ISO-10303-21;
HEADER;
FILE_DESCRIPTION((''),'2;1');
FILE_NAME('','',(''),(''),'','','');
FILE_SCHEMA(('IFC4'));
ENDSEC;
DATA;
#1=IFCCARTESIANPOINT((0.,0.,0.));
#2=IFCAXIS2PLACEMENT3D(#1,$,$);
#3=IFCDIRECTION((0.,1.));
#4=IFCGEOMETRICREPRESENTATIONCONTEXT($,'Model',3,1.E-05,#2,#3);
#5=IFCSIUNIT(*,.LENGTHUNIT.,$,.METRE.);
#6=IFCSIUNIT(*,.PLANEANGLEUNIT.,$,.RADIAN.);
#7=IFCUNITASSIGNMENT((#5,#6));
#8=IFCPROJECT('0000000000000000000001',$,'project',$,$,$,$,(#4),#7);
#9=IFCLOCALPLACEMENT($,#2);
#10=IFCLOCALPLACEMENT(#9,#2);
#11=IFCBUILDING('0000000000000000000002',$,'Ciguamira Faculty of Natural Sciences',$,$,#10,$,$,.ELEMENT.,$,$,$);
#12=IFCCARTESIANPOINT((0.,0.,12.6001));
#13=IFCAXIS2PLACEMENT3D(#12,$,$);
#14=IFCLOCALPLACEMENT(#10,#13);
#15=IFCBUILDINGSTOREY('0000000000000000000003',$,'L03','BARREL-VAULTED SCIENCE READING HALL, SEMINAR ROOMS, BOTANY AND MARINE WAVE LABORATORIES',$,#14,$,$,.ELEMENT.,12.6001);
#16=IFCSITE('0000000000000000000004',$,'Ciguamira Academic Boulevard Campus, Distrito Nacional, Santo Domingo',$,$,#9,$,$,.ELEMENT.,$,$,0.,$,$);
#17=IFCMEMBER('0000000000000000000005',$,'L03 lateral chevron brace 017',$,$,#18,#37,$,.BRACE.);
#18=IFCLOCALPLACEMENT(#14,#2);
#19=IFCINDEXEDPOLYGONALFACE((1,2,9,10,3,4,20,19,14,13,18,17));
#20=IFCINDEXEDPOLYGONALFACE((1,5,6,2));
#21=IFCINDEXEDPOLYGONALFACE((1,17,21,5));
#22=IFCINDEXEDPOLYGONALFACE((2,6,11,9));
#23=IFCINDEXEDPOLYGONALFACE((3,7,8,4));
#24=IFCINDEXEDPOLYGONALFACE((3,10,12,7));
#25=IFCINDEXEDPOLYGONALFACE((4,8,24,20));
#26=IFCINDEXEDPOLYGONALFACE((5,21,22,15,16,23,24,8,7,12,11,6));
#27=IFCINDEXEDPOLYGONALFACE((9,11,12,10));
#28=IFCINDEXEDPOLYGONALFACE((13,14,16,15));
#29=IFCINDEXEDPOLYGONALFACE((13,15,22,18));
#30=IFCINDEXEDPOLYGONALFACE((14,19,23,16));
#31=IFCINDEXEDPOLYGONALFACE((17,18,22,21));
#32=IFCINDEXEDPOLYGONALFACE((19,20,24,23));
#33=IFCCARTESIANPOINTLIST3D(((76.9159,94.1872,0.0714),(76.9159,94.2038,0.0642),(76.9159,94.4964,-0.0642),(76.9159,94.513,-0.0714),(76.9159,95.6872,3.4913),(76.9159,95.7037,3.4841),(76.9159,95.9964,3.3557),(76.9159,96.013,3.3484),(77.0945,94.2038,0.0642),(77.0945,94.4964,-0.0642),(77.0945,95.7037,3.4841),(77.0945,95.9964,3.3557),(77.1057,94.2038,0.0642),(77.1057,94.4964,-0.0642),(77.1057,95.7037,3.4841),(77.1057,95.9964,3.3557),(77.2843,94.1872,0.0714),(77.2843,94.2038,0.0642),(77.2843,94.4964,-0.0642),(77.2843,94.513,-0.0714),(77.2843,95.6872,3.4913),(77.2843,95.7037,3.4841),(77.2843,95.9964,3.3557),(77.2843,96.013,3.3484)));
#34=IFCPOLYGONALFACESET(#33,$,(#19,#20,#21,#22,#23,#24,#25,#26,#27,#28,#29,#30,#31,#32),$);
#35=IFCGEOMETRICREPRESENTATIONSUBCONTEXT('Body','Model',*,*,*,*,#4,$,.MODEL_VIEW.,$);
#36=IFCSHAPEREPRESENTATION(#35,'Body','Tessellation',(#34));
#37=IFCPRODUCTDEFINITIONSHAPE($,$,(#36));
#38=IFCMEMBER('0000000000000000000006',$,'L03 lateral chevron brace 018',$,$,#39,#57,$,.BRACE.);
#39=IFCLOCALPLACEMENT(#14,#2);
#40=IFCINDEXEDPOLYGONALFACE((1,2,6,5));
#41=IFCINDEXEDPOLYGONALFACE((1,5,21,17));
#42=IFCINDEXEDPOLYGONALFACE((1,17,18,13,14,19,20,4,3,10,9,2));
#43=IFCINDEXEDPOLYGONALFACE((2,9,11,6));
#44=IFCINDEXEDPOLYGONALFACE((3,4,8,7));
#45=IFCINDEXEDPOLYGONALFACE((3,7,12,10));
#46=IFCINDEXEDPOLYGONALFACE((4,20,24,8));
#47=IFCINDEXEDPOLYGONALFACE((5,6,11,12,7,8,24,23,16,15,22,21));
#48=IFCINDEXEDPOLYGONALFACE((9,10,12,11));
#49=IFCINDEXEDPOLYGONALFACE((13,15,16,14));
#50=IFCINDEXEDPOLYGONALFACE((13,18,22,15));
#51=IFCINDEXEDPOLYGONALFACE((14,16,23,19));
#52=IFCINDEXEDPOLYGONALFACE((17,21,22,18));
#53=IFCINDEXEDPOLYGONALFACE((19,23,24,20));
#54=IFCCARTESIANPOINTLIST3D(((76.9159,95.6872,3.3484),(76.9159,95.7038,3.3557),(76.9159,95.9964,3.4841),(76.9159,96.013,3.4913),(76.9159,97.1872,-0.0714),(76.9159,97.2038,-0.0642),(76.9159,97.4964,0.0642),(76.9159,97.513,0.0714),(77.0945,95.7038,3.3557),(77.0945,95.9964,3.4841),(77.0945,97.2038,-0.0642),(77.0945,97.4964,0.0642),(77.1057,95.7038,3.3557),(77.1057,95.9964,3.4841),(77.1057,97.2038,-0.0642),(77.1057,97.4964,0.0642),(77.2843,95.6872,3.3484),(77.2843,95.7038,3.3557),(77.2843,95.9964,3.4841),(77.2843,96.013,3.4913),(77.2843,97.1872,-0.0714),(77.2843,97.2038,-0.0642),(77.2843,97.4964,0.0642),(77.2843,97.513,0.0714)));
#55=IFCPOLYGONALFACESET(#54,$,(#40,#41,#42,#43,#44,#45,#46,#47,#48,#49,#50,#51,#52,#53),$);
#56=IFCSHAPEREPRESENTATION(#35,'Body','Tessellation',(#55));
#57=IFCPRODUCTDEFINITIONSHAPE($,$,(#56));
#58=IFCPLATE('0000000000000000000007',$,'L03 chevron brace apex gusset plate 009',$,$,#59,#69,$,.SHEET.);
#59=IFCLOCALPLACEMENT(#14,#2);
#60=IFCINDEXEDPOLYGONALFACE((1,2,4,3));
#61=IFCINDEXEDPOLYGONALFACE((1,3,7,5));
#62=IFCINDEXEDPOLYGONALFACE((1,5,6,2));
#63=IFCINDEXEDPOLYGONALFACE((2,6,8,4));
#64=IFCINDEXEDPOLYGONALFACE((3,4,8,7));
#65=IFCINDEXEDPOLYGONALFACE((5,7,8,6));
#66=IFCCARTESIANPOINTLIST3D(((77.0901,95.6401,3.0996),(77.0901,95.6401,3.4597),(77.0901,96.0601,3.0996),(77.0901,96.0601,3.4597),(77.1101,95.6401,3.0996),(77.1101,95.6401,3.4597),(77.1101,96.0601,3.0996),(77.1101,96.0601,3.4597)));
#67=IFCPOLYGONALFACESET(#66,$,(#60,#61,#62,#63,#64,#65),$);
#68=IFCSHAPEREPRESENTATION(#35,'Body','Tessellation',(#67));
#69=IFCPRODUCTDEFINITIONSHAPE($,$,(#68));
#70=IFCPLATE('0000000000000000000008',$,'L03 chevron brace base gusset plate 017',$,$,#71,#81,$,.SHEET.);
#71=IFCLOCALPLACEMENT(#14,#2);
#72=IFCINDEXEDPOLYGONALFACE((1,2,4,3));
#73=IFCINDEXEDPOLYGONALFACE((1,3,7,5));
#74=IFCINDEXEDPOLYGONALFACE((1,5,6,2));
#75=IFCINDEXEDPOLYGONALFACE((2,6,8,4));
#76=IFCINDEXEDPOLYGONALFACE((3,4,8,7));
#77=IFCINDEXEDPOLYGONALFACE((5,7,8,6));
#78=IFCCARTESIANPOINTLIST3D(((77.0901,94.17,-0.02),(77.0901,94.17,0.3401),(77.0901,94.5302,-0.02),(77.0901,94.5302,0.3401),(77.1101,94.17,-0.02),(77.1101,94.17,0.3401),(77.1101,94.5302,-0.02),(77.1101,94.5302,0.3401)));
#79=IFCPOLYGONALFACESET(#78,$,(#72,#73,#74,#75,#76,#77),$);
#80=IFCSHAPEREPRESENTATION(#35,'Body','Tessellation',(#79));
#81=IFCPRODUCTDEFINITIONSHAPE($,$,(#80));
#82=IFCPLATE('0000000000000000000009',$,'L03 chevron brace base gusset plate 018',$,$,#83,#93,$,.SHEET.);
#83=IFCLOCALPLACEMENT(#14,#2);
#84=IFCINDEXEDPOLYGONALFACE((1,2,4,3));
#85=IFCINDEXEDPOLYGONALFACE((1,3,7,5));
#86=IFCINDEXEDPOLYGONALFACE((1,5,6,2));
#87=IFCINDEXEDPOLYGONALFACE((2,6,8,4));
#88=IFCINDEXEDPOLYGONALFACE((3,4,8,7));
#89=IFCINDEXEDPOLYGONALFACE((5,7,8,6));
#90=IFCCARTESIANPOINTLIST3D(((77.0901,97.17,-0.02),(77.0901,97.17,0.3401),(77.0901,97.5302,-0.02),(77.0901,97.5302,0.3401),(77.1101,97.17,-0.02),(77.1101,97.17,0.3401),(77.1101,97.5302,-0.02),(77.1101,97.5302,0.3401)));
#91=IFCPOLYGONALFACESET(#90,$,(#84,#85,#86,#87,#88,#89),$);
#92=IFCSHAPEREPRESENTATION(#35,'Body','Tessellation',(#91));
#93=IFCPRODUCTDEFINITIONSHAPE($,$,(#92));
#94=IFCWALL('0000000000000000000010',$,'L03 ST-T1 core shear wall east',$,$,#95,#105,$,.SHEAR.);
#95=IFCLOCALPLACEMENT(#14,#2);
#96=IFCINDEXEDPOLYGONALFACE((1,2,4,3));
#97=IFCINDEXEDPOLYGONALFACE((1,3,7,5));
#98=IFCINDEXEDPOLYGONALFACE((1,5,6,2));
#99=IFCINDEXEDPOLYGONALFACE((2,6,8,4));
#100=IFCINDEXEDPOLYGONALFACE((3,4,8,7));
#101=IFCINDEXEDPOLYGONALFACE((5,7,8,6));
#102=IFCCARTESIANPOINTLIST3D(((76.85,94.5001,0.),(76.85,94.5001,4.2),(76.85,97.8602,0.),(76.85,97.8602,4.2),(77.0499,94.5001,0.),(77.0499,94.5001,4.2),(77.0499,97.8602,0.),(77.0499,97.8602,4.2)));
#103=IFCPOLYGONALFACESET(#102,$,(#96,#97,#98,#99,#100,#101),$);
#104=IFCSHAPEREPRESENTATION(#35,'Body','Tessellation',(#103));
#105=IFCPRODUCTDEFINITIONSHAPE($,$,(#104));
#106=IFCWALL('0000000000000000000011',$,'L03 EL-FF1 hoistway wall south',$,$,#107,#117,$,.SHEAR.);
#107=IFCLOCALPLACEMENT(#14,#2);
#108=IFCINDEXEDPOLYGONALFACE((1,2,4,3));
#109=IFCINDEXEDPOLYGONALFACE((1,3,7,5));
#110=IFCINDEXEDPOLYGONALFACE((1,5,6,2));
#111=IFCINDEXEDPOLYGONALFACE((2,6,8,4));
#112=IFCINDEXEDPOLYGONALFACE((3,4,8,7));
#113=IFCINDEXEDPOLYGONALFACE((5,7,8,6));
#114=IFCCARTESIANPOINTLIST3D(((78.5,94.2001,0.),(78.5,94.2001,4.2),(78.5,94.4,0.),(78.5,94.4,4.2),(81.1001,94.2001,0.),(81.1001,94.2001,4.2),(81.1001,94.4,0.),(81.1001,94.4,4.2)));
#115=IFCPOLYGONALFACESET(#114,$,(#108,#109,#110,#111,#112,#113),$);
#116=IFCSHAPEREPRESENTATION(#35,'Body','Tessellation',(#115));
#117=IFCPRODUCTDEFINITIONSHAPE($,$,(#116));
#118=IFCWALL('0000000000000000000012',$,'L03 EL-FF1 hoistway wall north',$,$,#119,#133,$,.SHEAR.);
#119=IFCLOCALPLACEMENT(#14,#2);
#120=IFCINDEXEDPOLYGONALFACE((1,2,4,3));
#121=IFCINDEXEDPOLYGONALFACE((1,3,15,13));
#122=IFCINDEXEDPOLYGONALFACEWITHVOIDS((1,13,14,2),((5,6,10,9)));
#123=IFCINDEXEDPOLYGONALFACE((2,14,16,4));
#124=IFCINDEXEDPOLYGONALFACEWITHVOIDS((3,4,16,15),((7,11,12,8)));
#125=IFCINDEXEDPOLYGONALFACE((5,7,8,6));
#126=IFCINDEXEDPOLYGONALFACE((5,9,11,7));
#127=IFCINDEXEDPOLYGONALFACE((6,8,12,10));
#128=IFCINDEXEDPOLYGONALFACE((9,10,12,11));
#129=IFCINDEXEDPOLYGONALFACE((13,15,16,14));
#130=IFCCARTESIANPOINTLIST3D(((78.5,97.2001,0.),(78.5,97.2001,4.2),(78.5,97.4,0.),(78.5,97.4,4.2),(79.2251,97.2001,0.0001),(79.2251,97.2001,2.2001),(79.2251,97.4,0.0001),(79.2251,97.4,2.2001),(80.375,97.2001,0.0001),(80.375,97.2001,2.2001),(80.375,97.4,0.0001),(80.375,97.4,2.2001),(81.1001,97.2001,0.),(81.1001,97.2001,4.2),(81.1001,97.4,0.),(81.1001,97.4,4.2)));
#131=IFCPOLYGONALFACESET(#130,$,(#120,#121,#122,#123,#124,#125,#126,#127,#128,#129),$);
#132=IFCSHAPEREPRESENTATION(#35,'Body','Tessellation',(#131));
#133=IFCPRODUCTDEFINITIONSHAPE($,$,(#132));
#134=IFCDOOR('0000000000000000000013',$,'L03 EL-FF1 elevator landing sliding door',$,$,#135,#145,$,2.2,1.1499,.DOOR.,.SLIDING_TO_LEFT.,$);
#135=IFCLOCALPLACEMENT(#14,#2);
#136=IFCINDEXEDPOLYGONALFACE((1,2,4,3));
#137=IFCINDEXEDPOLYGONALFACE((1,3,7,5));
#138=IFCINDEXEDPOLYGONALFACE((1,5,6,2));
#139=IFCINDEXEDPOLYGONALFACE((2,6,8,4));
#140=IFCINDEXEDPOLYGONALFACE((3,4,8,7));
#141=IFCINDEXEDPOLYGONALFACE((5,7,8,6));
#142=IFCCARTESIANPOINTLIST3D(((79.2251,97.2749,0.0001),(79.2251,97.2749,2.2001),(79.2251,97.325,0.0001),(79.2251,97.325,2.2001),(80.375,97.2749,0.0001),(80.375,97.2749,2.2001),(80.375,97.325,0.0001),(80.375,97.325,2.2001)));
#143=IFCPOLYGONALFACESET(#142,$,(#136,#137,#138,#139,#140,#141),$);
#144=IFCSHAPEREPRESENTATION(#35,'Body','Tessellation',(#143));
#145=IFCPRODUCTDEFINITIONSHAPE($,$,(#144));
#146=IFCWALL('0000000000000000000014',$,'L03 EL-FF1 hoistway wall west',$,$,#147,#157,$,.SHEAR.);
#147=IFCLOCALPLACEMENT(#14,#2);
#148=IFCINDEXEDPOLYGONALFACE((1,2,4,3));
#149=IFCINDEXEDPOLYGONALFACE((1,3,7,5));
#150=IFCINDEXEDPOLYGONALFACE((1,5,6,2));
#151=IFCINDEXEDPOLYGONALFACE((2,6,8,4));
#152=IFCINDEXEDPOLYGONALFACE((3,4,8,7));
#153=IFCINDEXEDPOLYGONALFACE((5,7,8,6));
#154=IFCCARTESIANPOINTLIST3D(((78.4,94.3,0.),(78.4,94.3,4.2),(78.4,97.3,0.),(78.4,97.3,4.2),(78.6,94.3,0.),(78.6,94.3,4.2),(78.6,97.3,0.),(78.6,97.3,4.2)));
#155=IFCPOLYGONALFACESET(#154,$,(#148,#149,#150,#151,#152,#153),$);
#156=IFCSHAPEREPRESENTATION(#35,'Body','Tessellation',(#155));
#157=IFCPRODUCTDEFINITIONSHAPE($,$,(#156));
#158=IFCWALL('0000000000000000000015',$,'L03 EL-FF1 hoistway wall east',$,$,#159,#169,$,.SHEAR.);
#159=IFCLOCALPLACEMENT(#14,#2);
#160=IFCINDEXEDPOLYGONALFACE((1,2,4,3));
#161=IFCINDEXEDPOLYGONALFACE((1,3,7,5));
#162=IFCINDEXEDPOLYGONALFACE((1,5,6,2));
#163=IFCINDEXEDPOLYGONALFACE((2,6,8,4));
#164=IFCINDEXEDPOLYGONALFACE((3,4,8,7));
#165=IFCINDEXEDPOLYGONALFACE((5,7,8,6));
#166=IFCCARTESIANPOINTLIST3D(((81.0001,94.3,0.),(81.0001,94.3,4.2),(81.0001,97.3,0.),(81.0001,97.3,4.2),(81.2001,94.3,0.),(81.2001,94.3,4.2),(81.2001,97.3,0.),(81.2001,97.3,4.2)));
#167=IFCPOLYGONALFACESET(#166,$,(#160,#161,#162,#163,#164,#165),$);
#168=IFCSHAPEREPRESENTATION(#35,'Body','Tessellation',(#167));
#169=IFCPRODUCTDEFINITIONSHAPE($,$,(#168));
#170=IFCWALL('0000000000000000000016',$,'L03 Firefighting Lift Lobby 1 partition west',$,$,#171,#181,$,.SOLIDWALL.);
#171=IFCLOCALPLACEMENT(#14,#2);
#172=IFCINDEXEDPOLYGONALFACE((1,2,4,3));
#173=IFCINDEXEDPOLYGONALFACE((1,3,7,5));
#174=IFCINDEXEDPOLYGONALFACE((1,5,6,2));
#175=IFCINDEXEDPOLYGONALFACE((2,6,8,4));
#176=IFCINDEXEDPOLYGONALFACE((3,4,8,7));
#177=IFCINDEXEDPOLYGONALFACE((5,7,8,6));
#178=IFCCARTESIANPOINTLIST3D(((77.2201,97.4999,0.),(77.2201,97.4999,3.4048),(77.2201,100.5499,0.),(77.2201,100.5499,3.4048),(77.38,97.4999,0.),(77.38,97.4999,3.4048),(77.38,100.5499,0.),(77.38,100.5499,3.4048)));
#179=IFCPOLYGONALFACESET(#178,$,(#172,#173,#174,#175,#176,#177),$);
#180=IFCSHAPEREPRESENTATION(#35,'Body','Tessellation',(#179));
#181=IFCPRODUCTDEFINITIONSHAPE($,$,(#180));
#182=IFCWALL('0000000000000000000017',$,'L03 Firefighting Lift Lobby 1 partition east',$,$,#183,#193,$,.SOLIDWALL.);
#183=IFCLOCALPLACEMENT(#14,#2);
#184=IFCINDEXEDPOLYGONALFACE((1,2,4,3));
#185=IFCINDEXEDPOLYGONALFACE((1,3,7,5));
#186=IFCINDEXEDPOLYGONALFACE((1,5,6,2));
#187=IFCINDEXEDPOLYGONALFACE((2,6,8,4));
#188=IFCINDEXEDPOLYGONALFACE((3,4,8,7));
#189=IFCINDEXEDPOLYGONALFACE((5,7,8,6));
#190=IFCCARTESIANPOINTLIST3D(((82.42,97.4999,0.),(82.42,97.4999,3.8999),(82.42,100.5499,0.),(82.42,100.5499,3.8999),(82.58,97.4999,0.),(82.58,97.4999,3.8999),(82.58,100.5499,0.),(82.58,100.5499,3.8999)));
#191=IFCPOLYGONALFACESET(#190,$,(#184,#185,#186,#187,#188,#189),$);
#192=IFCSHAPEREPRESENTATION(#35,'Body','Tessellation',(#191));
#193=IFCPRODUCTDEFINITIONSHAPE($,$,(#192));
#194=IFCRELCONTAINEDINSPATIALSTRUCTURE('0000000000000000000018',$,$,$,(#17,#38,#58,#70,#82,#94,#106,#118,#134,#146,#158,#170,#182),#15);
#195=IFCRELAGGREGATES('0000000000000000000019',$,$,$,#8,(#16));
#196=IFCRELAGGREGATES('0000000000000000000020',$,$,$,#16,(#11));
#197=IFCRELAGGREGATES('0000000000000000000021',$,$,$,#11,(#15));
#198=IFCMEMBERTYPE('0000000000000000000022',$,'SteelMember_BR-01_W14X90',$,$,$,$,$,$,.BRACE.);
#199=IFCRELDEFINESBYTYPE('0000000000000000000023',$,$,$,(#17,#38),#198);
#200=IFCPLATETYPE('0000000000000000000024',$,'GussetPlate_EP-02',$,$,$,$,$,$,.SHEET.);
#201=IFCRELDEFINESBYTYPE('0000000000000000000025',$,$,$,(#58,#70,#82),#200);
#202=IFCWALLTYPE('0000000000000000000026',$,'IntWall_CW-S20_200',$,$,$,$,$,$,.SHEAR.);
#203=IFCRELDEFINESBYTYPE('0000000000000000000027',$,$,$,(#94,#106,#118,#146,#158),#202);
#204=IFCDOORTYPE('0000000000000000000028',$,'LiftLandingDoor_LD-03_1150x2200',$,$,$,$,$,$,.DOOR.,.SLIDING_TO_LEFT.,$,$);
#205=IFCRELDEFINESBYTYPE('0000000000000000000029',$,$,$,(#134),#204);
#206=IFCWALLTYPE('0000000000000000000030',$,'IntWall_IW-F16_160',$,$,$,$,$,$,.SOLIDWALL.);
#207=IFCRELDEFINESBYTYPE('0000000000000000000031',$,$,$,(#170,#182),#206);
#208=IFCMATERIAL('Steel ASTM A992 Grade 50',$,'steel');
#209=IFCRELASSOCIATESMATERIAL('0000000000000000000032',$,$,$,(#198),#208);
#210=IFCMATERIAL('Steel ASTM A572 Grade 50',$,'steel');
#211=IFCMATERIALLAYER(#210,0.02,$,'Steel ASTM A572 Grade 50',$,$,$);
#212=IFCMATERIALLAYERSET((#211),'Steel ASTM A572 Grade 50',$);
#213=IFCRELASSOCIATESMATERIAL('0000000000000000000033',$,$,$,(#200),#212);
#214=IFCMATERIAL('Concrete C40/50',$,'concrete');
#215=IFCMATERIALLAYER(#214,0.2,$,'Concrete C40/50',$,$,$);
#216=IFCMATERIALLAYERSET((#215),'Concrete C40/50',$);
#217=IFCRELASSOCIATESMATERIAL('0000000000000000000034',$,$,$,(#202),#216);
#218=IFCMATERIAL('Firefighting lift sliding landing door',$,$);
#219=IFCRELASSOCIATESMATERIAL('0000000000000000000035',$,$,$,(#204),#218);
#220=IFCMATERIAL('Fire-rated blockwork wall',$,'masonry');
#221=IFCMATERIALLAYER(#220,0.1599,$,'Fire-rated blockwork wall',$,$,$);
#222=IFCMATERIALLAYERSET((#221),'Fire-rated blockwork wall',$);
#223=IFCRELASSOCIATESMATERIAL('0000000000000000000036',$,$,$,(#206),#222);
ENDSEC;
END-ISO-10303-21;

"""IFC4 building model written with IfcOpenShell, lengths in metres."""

from ifc_helpers import new_model, si_unit, direction, frame, frame_2d, origin, origin_2d, place, context, subcontext, project, spatial, rectangle, i_section, extrude, material, layer, layer_set, material_profile, profile_set, type_object, element, fill, save


model = new_model("IFC4")

# Units and contexts
model_context = context("Model", 3, precision=1e-05, world=origin(), true_north=direction((0.0, 1.0)))
body_context = subcontext(model_context, "Body", "Model", "MODEL_VIEW")
ifc_project = project(units=[si_unit("LENGTHUNIT", "METRE"), si_unit("PLANEANGLEUNIT", "RADIAN")], contexts=[model_context])

# Site, building, storey
site_placement = place(None, origin())
site = spatial("IfcSite", under=ifc_project, at=site_placement, Name="Ciguamira Academic Boulevard Campus, Distrito Nacional, Santo Domingo", CompositionType="ELEMENT", RefElevation=0.0)
building_placement = place(site_placement, origin())
building = spatial("IfcBuilding", under=site, at=building_placement, Name="Ciguamira Faculty of Natural Sciences", CompositionType="ELEMENT")
storey_placement = place(building_placement, frame((0.0, 0.0, 12.6001)))
storey = spatial("IfcBuildingStorey", under=building, at=storey_placement, Name="L03", Description="BARREL-VAULTED SCIENCE READING HALL, SEMINAR ROOMS, BOTANY AND MARINE WAVE LABORATORIES", CompositionType="ELEMENT", Elevation=12.6001)

# Members
ifc_material_1 = material(Name="Steel ASTM A992 Grade 50", Category="steel")
ifc_material_profile = material_profile(ifc_material_1, i_section(OverallWidth=0.3684, OverallDepth=0.3557, WebThickness=0.0112, FlangeThickness=0.0181, at=origin_2d()), Name="W14X90")
ifc_profile_set = profile_set([ifc_material_profile], Name="Steel ASTM A992 Grade 50")
member_type = type_object("IfcMemberType", Name="SteelMember_BR-01_W14X90", PredefinedType="BRACE", material=ifc_profile_set)
for number, where, z_axis, x_axis, name in (
    (1, (77.1001, 94.3501, 0.0), (0.0, 0.401669, 0.915785), (-1.0, 0.0, 0.0), "L03 lateral chevron brace 017"),
    (2, (77.1001, 97.3501, 0.0), (0.0, -0.401669, 0.915785), (1.0, 0.0, 0.0), "L03 lateral chevron brace 018"),
):
    element("IfcMember", number, at=place(storey_placement, frame(where, z_axis=z_axis, x_axis=x_axis)), inside=storey, type_object=member_type, Name=name, PredefinedType="BRACE", context=body_context, shape_type="SweptSolid", body=[
        extrude(i_section(OverallWidth=0.3684, OverallDepth=0.3557, WebThickness=0.0112, FlangeThickness=0.0181, at=origin_2d()), origin(), (0.0, 0.0, 1.0), 3.7344),
    ])

# Plates
ifc_material_2 = material(Name="Steel ASTM A572 Grade 50", Category="steel")
ifc_layer_1 = layer(ifc_material_2, 0.02, Name="Steel ASTM A572 Grade 50")
ifc_layer_set_1 = layer_set([ifc_layer_1], Name="Steel ASTM A572 Grade 50")
plate_type = type_object("IfcPlateType", Name="GussetPlate_EP-02", PredefinedType="SHEET", material=ifc_layer_set_1)
plate_placement = place(storey_placement, frame((77.1001, 95.8501, 3.0996), z_axis=(0.0, 0.0, 1.0), x_axis=(1.0, 0.0, 0.0)))
element("IfcPlate", 3, at=plate_placement, inside=storey, type_object=plate_type, Name="L03 chevron brace apex gusset plate 009", PredefinedType="SHEET", context=body_context, shape_type="SweptSolid", body=[
    extrude(rectangle(XDim=0.02, YDim=0.4199, at=origin_2d()), origin(), (0.0, 0.0, 1.0), 0.3601),
])
for number, where, z_axis, x_axis, name in (
    (4, (77.1001, 94.3501, -0.02), (0.0, 0.0, 1.0), (1.0, 0.0, 0.0), "L03 chevron brace base gusset plate 017"),
    (5, (77.1001, 97.3501, -0.02), (0.0, 0.0, 1.0), (1.0, 0.0, 0.0), "L03 chevron brace base gusset plate 018"),
):
    element("IfcPlate", number, at=place(storey_placement, frame(where, z_axis=z_axis, x_axis=x_axis)), inside=storey, type_object=plate_type, Name=name, PredefinedType="SHEET", context=body_context, shape_type="SweptSolid", body=[
        extrude(rectangle(XDim=0.02, YDim=0.3601, at=origin_2d()), origin(), (0.0, 0.0, 1.0), 0.3601),
    ])

# Walls
ifc_material_3 = material(Name="Concrete C40/50", Category="concrete")
ifc_layer_2 = layer(ifc_material_3, 0.2, Name="Concrete C40/50")
ifc_layer_set_2 = layer_set([ifc_layer_2], Name="Concrete C40/50")
wall_type_1 = type_object("IfcWallType", Name="IntWall_CW-S20_200", PredefinedType="SHEAR", material=ifc_layer_set_2)
wall_1_placement = place(storey_placement, frame((76.95, 94.5, 0.0), z_axis=(0.0, 0.0, 1.0), x_axis=(0.0, 1.0, 0.0)))
element("IfcWall", 6, at=wall_1_placement, inside=storey, type_object=wall_type_1, Name="L03 ST-T1 core shear wall east", PredefinedType="SHEAR", context=body_context, shape_type="SweptSolid", body=[
    extrude(rectangle(XDim=3.3601, YDim=0.2, at=frame_2d((1.6802, 0.0))), origin(), (0.0, 0.0, 1.0), 4.2),
])
wall_2_placement = place(storey_placement, frame((78.5, 94.3, 0.0), z_axis=(0.0, 0.0, 1.0), x_axis=(1.0, 0.0, 0.0)))
element("IfcWall", 7, at=wall_2_placement, inside=storey, type_object=wall_type_1, Name="L03 EL-FF1 hoistway wall south", PredefinedType="SHEAR", context=body_context, shape_type="SweptSolid", body=[
    extrude(rectangle(XDim=2.6001, YDim=0.2, at=frame_2d((1.3, 0.0))), origin(), (0.0, 0.0, 1.0), 4.2),
])

# Wall, opening, door
wall_3_placement = place(storey_placement, frame((78.5, 97.3, 0.0), z_axis=(0.0, 0.0, 1.0), x_axis=(1.0, 0.0, 0.0)))
wall_3 = element("IfcWall", 8, at=wall_3_placement, inside=storey, type_object=wall_type_1, Name="L03 EL-FF1 hoistway wall north", PredefinedType="SHEAR", context=body_context, shape_type="SweptSolid", body=[
    extrude(rectangle(XDim=2.6001, YDim=0.2, at=frame_2d((1.3, 0.0))), origin(), (0.0, 0.0, 1.0), 4.2),
])
opening_1_placement = place(wall_3_placement, frame((0.7251, 0.0, 0.0)))
opening_1 = element("IfcOpeningElement", 9, at=opening_1_placement, cuts=wall_3, PredefinedType="OPENING", context=body_context, shape_type="SweptSolid", body=[
    extrude(rectangle(XDim=1.1499, YDim=2.2, at=frame_2d((0.575, 1.1001))), frame((0.0, 0.1099, 0.0), z_axis=(0.0, -1.0, 0.0), x_axis=(1.0, 0.0, 0.0)), (0.0, 0.0, 1.0), 0.22),
])
ifc_material_4 = material(Name="Firefighting lift sliding landing door")
door_type_1 = type_object("IfcDoorType", Name="LiftLandingDoor_LD-03_1150x2200", OperationType="SLIDING_TO_LEFT", PredefinedType="DOOR", material=ifc_material_4)
door_1_placement = place(opening_1_placement, origin())
door_1 = element("IfcDoor", 10, at=door_1_placement, inside=storey, type_object=door_type_1, Name="L03 EL-FF1 elevator landing sliding door", OperationType="SLIDING_TO_LEFT", OverallHeight=2.2, OverallWidth=1.1499, PredefinedType="DOOR", context=body_context, shape_type="SweptSolid", body=[
    extrude(rectangle(XDim=1.1499, YDim=2.2, at=frame_2d((0.575, 1.1001))), frame((0.0, 0.0249, 0.0), z_axis=(0.0, -1.0, 0.0), x_axis=(1.0, 0.0, 0.0)), (0.0, 0.0, 1.0), 0.05),
])
fill(opening_1, door_1)

# Walls
for number, where, z_axis, x_axis, name in (
    (11, (78.5, 94.3, 0.0), (0.0, 0.0, 1.0), (0.0, 1.0, 0.0), "L03 EL-FF1 hoistway wall west"),
    (12, (81.1001, 94.3, 0.0), (0.0, 0.0, 1.0), (0.0, 1.0, 0.0), "L03 EL-FF1 hoistway wall east"),
):
    element("IfcWall", number, at=place(storey_placement, frame(where, z_axis=z_axis, x_axis=x_axis)), inside=storey, type_object=wall_type_1, Name=name, PredefinedType="SHEAR", context=body_context, shape_type="SweptSolid", body=[
        extrude(rectangle(XDim=3.0, YDim=0.2, at=frame_2d((1.5, 0.0))), origin(), (0.0, 0.0, 1.0), 4.2),
    ])

# Shared definitions
ifc_material_5 = material(Name="Fire-rated blockwork wall", Category="masonry")
ifc_layer_3 = layer(ifc_material_5, 0.1599, Name="Fire-rated blockwork wall")
ifc_layer_set_3 = layer_set([ifc_layer_3], Name="Fire-rated blockwork wall")
wall_type_2 = type_object("IfcWallType", Name="IntWall_IW-F16_160", PredefinedType="SOLIDWALL", material=ifc_layer_set_3)

# Walls
wall_4_placement = place(storey_placement, frame((77.3, 97.5, 0.0), z_axis=(0.0, 0.0, 1.0), x_axis=(0.0, 1.0, 0.0)))
element("IfcWall", 13, at=wall_4_placement, inside=storey, type_object=wall_type_2, Name="L03 Firefighting Lift Lobby 1 partition west", PredefinedType="SOLIDWALL", context=body_context, shape_type="SweptSolid", body=[
    extrude(rectangle(XDim=3.05, YDim=0.1599, at=frame_2d((1.5249, 0.0))), origin(), (0.0, 0.0, 1.0), 3.4048),
])
wall_5_placement = place(storey_placement, frame((82.5, 97.5, 0.0), z_axis=(0.0, 0.0, 1.0), x_axis=(0.0, 1.0, 0.0)))
element("IfcWall", 14, at=wall_5_placement, inside=storey, type_object=wall_type_2, Name="L03 Firefighting Lift Lobby 1 partition east", PredefinedType="SOLIDWALL", context=body_context, shape_type="SweptSolid", body=[
    extrude(rectangle(XDim=3.05, YDim=0.1599, at=frame_2d((1.5249, 0.0))), origin(), (0.0, 0.0, 1.0), 3.8999),
])

save(model, "model.ifc")
